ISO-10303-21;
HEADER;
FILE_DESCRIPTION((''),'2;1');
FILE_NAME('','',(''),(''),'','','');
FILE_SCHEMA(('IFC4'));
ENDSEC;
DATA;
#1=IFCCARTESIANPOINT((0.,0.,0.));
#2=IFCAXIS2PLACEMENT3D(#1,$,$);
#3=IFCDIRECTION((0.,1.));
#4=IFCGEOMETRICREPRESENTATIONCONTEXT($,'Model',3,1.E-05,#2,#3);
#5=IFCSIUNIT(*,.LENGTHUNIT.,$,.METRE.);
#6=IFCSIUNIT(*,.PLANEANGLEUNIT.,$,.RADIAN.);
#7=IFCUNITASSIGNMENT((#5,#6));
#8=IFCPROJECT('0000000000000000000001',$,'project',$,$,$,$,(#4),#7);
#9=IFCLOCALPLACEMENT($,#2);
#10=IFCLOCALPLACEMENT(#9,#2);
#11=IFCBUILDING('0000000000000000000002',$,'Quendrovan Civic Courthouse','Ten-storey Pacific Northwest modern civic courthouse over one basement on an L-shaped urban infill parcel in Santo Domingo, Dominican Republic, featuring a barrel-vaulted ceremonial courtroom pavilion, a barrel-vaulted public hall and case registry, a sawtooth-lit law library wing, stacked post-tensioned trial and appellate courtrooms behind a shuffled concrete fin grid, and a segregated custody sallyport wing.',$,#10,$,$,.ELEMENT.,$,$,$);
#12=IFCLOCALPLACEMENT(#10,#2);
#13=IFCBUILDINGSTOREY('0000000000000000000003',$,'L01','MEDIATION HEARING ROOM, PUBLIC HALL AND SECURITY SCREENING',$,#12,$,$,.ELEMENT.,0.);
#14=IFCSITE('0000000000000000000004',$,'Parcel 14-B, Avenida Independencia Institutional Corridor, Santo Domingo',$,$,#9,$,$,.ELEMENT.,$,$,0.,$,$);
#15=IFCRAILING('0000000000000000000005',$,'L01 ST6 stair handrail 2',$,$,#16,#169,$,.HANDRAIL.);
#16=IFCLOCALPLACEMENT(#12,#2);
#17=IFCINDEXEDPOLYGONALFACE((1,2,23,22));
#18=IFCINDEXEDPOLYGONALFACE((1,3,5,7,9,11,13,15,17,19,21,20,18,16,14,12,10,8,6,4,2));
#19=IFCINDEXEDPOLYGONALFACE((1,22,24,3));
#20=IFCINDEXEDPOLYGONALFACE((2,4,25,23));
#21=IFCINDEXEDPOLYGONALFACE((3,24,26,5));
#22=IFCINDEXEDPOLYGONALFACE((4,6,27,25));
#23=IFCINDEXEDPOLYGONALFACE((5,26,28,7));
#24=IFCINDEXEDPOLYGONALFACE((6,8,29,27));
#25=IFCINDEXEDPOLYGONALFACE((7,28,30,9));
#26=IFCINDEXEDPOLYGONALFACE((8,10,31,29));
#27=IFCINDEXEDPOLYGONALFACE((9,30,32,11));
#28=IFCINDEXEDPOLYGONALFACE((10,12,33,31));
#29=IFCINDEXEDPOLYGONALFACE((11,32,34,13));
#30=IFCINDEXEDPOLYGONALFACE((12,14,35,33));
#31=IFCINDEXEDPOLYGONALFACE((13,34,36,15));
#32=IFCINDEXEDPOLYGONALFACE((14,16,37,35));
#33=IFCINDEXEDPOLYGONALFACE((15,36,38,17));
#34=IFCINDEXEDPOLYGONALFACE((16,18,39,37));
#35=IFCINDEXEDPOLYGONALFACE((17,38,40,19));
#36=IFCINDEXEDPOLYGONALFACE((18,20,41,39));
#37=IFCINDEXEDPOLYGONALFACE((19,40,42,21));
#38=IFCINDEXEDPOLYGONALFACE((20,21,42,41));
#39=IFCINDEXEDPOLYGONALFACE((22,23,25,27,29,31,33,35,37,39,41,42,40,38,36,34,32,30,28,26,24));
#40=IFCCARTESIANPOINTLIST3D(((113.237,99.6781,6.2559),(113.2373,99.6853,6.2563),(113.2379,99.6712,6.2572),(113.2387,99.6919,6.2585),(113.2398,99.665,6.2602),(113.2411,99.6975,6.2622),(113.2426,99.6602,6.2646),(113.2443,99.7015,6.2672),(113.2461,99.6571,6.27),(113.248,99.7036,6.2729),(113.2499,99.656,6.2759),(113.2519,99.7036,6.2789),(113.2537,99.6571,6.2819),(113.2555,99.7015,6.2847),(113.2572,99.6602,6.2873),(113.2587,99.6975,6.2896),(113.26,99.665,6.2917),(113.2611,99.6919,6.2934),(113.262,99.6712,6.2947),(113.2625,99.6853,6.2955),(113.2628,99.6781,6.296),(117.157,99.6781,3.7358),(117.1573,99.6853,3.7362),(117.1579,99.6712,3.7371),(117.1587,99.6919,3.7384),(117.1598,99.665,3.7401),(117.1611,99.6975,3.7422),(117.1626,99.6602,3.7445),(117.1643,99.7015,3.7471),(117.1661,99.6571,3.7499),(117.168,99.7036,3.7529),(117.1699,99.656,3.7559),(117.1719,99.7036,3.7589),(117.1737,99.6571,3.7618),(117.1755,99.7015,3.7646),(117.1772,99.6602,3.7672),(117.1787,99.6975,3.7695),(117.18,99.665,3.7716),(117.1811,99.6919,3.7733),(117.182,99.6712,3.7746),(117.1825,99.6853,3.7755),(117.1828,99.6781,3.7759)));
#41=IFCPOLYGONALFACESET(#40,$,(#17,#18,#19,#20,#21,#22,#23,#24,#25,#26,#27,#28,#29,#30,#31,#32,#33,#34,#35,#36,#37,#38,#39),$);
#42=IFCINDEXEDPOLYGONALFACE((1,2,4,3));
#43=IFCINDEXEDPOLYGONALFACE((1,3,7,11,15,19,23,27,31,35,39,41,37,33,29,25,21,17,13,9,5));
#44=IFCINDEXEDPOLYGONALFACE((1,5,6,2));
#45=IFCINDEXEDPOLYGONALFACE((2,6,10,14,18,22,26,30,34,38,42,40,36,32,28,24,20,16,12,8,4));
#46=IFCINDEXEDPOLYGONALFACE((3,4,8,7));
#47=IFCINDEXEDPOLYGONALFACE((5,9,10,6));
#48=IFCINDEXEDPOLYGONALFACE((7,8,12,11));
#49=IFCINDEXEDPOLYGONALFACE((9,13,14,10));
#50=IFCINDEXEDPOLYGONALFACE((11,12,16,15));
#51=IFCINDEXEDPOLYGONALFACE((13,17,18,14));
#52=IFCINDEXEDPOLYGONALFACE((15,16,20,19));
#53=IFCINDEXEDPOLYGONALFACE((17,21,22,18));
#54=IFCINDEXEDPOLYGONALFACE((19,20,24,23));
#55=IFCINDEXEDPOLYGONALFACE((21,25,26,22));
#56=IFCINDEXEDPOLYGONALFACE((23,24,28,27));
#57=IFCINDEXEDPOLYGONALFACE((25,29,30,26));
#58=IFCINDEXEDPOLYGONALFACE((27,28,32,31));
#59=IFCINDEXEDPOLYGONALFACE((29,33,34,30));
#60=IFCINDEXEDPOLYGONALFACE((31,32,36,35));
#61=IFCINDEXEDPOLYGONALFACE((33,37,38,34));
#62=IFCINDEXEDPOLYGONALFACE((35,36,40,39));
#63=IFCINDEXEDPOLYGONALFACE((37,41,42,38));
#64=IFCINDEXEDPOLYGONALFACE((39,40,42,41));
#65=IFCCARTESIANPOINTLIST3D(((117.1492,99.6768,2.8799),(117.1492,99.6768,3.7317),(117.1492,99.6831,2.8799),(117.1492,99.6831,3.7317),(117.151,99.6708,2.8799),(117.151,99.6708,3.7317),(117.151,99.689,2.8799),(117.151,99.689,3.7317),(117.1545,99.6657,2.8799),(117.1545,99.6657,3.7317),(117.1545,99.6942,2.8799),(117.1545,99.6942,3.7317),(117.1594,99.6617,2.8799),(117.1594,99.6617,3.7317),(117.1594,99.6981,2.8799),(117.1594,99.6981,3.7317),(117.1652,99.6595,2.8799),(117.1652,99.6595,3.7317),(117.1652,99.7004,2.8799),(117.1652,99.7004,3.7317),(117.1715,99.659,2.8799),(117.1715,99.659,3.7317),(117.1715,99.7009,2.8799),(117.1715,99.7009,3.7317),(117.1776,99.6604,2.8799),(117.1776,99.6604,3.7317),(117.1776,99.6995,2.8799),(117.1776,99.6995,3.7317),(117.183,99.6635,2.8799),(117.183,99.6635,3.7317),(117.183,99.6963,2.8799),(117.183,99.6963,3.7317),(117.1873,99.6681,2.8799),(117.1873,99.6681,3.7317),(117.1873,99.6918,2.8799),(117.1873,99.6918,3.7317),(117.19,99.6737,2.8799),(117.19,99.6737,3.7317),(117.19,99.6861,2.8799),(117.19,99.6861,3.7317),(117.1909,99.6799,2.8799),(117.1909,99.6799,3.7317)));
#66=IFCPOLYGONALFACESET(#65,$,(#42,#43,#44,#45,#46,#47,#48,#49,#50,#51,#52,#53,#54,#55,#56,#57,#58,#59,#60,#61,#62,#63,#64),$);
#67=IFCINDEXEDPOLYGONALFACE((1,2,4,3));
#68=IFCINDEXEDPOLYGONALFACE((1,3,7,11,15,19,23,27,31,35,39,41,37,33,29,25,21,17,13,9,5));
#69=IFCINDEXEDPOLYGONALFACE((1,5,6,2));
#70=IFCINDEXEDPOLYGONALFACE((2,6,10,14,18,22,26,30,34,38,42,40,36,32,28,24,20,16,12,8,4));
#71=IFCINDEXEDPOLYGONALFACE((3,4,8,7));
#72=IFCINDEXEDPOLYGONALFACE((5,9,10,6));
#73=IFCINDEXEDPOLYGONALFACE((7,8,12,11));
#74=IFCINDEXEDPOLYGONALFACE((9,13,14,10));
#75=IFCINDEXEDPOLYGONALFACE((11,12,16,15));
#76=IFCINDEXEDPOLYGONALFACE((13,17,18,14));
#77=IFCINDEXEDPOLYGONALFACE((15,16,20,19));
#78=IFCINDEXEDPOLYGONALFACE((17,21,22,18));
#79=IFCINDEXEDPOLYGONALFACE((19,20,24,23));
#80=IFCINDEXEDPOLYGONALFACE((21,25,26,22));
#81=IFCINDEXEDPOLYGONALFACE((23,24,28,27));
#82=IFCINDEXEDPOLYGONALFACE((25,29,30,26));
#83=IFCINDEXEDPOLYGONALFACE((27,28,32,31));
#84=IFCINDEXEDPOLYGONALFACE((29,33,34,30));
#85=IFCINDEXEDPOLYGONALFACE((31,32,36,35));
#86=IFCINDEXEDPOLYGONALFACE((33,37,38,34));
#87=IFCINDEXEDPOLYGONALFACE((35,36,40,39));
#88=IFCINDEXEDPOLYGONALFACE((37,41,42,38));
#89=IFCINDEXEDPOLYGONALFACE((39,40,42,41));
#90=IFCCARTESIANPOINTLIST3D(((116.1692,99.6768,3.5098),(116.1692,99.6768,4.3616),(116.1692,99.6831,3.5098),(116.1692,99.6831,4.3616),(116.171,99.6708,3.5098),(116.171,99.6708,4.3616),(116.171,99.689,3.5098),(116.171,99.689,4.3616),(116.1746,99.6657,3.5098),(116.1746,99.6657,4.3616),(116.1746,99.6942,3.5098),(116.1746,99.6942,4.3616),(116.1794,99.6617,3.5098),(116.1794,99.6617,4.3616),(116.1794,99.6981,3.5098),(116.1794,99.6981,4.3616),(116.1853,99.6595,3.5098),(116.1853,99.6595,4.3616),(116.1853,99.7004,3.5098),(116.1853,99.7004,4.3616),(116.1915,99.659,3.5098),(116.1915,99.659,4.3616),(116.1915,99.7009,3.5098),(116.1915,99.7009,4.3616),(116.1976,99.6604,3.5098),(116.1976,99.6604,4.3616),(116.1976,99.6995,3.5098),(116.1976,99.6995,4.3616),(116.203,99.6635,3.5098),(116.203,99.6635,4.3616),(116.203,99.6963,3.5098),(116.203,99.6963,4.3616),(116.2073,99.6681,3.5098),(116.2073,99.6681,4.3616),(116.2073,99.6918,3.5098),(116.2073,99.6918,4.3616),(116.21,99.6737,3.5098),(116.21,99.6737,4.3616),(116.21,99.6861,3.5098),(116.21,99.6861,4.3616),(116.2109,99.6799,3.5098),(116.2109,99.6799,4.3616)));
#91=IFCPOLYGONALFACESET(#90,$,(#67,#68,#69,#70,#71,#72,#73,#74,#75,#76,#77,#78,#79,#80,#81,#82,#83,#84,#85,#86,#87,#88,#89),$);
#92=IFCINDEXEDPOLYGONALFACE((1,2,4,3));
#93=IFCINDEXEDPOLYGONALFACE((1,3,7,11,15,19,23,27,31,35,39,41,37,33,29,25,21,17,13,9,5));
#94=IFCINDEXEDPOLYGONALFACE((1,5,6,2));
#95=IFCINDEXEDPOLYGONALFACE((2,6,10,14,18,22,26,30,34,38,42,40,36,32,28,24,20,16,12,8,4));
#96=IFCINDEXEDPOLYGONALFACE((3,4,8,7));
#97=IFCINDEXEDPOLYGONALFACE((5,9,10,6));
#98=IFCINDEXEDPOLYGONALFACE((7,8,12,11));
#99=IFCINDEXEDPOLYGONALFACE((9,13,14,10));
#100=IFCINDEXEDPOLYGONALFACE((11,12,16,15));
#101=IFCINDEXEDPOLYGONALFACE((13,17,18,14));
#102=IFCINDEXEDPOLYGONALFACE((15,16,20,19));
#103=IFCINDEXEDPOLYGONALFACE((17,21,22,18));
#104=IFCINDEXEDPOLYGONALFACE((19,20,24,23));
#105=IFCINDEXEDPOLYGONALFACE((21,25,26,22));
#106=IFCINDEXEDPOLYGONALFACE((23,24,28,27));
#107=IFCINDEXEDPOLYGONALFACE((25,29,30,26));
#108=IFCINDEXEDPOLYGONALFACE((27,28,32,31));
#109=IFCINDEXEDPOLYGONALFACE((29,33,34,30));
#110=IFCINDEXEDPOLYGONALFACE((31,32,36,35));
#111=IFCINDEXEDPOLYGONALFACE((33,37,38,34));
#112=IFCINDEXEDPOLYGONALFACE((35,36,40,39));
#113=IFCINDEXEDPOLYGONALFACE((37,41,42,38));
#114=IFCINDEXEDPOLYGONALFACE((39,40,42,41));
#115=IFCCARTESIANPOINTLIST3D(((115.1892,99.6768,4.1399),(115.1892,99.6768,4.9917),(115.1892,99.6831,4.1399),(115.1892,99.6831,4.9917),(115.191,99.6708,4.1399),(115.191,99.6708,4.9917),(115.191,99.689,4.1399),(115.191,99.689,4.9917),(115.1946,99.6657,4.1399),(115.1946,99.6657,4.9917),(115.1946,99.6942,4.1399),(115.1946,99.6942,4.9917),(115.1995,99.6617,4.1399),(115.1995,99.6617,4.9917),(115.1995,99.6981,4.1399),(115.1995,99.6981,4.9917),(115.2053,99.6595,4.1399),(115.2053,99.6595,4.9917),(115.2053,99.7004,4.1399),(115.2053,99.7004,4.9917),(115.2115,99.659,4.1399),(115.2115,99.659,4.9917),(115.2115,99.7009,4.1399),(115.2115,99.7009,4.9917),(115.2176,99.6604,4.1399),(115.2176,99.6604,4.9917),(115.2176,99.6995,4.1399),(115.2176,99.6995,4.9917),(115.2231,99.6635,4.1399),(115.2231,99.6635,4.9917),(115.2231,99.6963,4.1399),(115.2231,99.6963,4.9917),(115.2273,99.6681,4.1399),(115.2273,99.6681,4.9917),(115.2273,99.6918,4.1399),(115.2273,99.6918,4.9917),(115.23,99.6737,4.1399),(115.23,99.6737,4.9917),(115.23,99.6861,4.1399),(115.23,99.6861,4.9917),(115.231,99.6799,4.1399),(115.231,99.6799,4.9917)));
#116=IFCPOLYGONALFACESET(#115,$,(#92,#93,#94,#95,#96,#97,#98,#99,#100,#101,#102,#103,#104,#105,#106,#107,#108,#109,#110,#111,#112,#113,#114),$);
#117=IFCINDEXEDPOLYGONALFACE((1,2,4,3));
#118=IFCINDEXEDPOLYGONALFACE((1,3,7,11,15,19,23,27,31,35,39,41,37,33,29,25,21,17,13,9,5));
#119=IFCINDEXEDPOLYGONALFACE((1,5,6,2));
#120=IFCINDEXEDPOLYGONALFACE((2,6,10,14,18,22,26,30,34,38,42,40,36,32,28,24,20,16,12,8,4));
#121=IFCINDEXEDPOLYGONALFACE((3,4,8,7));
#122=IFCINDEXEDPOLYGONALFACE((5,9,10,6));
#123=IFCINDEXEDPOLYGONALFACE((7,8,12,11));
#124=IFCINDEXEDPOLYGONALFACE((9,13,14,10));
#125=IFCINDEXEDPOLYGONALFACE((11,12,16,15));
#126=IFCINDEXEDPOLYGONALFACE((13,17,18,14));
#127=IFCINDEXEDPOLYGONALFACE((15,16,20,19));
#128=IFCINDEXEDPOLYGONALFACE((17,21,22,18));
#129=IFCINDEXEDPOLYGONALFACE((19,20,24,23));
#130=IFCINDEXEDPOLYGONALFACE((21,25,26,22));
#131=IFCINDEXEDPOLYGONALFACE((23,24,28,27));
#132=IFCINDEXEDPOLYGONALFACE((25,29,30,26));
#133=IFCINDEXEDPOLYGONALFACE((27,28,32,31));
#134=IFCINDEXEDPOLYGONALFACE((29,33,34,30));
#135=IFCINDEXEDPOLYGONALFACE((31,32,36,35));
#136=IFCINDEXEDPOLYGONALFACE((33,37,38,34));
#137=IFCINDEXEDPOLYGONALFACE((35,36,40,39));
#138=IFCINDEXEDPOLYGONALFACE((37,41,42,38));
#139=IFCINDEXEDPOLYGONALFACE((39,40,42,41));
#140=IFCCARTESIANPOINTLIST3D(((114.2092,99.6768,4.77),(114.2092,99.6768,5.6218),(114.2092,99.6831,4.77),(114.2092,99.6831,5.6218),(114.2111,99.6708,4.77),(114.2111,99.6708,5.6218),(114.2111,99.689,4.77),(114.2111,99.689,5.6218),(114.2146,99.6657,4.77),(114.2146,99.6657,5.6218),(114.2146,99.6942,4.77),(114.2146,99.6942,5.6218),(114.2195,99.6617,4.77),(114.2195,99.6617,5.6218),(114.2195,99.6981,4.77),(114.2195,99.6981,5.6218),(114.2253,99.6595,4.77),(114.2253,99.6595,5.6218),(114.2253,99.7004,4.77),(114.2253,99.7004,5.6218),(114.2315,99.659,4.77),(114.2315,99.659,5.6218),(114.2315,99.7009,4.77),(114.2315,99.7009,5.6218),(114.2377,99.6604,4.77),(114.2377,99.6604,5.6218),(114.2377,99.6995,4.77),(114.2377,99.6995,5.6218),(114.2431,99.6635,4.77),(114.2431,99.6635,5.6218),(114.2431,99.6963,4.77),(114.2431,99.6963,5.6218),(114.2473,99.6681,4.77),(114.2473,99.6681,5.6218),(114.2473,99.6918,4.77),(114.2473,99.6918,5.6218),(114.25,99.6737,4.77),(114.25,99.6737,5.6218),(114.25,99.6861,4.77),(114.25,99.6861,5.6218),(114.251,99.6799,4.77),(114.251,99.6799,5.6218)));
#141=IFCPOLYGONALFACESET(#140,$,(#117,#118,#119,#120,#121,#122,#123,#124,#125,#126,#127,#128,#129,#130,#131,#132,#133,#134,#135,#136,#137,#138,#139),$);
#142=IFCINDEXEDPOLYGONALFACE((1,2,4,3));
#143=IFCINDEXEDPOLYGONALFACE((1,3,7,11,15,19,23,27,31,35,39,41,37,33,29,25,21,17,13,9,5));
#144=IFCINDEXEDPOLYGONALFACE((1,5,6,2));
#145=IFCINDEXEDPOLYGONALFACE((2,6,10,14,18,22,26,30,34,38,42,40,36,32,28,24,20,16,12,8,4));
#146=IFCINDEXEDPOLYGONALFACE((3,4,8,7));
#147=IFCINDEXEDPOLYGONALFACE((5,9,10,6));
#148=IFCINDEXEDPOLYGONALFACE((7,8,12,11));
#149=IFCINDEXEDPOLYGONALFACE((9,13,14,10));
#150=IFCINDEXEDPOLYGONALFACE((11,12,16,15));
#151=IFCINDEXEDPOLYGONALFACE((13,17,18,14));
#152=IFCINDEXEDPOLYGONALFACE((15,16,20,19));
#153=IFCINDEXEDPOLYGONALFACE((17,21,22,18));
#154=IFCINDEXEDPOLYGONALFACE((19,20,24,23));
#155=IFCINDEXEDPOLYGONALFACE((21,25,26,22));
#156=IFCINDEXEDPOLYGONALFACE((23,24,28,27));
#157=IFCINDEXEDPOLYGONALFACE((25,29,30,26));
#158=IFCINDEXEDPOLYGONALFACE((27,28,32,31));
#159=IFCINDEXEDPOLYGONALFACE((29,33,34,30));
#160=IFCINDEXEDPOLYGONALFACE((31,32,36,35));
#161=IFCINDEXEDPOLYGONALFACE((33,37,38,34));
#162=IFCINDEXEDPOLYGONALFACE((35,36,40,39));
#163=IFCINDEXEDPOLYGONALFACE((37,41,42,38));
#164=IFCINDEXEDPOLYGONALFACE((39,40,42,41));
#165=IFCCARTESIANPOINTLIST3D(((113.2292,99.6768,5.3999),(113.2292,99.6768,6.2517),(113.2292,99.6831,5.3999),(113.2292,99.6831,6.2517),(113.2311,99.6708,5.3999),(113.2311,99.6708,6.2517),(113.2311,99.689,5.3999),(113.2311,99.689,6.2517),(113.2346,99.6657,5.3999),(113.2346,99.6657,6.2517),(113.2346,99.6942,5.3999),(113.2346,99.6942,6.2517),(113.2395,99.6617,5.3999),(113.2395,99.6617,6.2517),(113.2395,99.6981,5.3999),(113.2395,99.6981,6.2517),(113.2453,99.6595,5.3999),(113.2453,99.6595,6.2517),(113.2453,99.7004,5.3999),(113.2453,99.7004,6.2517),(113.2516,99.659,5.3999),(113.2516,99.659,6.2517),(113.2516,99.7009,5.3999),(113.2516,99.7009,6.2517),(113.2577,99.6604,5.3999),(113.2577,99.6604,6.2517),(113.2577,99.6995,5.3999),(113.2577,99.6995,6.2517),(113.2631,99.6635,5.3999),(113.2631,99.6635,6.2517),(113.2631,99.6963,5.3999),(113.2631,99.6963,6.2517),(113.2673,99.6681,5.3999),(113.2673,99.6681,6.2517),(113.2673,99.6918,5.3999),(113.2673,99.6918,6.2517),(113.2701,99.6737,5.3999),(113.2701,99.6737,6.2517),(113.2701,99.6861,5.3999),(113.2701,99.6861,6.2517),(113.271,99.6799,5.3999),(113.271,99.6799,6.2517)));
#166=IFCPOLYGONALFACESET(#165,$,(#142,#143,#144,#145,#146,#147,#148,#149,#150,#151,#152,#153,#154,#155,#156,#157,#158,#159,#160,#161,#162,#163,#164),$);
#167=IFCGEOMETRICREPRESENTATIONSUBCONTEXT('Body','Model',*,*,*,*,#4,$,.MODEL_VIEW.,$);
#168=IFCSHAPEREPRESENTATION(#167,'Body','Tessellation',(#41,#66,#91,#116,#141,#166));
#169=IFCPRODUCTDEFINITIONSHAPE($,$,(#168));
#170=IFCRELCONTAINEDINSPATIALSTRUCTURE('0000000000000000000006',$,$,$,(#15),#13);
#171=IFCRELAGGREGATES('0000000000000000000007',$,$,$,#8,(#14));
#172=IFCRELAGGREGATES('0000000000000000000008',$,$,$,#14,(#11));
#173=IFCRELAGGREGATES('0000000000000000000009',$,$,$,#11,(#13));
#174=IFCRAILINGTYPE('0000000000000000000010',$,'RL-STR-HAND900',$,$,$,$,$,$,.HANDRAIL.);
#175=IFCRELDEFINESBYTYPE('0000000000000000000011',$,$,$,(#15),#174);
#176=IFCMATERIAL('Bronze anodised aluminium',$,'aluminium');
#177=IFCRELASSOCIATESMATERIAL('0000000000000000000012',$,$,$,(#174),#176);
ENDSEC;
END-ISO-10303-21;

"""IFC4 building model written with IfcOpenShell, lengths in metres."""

from ifc_helpers import new_model, si_unit, direction, frame, origin, origin_2d, place, context, subcontext, project, spatial, circle, extrude, material, type_object, element, save


model = new_model("IFC4")

# Units and contexts
model_context = context("Model", 3, precision=1e-05, world=origin(), true_north=direction((0.0, 1.0)))
body_context = subcontext(model_context, "Body", "Model", "MODEL_VIEW")
ifc_project = project(units=[si_unit("LENGTHUNIT", "METRE"), si_unit("PLANEANGLEUNIT", "RADIAN")], contexts=[model_context])

# Site, building, storey
site_placement = place(None, origin())
site = spatial("IfcSite", under=ifc_project, at=site_placement, Name="Parcel 14-B, Avenida Independencia Institutional Corridor, Santo Domingo", CompositionType="ELEMENT", RefElevation=0.0)
building_placement = place(site_placement, origin())
building = spatial("IfcBuilding", under=site, at=building_placement, Name="Quendrovan Civic Courthouse", Description="Ten-storey Pacific Northwest modern civic courthouse over one basement on an L-shaped urban infill parcel in Santo Domingo, Dominican Republic, featuring a barrel-vaulted ceremonial courtroom pavilion, a barrel-vaulted public hall and case registry, a sawtooth-lit law library wing, stacked post-tensioned trial and appellate courtrooms behind a shuffled concrete fin grid, and a segregated custody sallyport wing.", CompositionType="ELEMENT")
storey_placement = place(building_placement, origin())
storey = spatial("IfcBuildingStorey", under=building, at=storey_placement, Name="L01", Description="MEDIATION HEARING ROOM, PUBLIC HALL AND SECURITY SCREENING", CompositionType="ELEMENT", Elevation=0.0)

# Railing
ifc_material_1 = material(Name="Bronze anodised aluminium", Category="aluminium")
railing_type_1 = type_object("IfcRailingType", Name="RL-STR-HAND900", PredefinedType="HANDRAIL", material=ifc_material_1)
railing_1_placement = place(storey_placement, frame((117.1699, 99.6799, 2.8799)))
element("IfcRailing", 1, at=railing_1_placement, inside=storey, type_object=railing_type_1, Name="L01 ST6 stair handrail 2", PredefinedType="HANDRAIL", context=body_context, shape_type="SweptSolid", body=[
    extrude(circle(Radius=0.0239, at=origin_2d()), frame((0.0, 0.0, 0.876), z_axis=(-0.841172, 0.0, 0.540768), x_axis=(0.0, -1.0, 0.0)), (0.0, 0.0, 1.0), 4.6602),
    extrude(circle(Radius=0.021, at=origin_2d()), origin(), (0.0, 0.0, 1.0), 0.8518),
    extrude(circle(Radius=0.021, at=origin_2d()), frame((-0.98, 0.0, 0.6299)), (0.0, 0.0, 1.0), 0.8518),
    extrude(circle(Radius=0.021, at=origin_2d()), frame((-1.96, 0.0, 1.26)), (0.0, 0.0, 1.0), 0.8518),
    extrude(circle(Radius=0.021, at=origin_2d()), frame((-2.9399, 0.0, 1.8901)), (0.0, 0.0, 1.0), 0.8518),
    extrude(circle(Radius=0.021, at=origin_2d()), frame((-3.9199, 0.0, 2.52)), (0.0, 0.0, 1.0), 0.8518),
])

save(model, "model.ifc")
